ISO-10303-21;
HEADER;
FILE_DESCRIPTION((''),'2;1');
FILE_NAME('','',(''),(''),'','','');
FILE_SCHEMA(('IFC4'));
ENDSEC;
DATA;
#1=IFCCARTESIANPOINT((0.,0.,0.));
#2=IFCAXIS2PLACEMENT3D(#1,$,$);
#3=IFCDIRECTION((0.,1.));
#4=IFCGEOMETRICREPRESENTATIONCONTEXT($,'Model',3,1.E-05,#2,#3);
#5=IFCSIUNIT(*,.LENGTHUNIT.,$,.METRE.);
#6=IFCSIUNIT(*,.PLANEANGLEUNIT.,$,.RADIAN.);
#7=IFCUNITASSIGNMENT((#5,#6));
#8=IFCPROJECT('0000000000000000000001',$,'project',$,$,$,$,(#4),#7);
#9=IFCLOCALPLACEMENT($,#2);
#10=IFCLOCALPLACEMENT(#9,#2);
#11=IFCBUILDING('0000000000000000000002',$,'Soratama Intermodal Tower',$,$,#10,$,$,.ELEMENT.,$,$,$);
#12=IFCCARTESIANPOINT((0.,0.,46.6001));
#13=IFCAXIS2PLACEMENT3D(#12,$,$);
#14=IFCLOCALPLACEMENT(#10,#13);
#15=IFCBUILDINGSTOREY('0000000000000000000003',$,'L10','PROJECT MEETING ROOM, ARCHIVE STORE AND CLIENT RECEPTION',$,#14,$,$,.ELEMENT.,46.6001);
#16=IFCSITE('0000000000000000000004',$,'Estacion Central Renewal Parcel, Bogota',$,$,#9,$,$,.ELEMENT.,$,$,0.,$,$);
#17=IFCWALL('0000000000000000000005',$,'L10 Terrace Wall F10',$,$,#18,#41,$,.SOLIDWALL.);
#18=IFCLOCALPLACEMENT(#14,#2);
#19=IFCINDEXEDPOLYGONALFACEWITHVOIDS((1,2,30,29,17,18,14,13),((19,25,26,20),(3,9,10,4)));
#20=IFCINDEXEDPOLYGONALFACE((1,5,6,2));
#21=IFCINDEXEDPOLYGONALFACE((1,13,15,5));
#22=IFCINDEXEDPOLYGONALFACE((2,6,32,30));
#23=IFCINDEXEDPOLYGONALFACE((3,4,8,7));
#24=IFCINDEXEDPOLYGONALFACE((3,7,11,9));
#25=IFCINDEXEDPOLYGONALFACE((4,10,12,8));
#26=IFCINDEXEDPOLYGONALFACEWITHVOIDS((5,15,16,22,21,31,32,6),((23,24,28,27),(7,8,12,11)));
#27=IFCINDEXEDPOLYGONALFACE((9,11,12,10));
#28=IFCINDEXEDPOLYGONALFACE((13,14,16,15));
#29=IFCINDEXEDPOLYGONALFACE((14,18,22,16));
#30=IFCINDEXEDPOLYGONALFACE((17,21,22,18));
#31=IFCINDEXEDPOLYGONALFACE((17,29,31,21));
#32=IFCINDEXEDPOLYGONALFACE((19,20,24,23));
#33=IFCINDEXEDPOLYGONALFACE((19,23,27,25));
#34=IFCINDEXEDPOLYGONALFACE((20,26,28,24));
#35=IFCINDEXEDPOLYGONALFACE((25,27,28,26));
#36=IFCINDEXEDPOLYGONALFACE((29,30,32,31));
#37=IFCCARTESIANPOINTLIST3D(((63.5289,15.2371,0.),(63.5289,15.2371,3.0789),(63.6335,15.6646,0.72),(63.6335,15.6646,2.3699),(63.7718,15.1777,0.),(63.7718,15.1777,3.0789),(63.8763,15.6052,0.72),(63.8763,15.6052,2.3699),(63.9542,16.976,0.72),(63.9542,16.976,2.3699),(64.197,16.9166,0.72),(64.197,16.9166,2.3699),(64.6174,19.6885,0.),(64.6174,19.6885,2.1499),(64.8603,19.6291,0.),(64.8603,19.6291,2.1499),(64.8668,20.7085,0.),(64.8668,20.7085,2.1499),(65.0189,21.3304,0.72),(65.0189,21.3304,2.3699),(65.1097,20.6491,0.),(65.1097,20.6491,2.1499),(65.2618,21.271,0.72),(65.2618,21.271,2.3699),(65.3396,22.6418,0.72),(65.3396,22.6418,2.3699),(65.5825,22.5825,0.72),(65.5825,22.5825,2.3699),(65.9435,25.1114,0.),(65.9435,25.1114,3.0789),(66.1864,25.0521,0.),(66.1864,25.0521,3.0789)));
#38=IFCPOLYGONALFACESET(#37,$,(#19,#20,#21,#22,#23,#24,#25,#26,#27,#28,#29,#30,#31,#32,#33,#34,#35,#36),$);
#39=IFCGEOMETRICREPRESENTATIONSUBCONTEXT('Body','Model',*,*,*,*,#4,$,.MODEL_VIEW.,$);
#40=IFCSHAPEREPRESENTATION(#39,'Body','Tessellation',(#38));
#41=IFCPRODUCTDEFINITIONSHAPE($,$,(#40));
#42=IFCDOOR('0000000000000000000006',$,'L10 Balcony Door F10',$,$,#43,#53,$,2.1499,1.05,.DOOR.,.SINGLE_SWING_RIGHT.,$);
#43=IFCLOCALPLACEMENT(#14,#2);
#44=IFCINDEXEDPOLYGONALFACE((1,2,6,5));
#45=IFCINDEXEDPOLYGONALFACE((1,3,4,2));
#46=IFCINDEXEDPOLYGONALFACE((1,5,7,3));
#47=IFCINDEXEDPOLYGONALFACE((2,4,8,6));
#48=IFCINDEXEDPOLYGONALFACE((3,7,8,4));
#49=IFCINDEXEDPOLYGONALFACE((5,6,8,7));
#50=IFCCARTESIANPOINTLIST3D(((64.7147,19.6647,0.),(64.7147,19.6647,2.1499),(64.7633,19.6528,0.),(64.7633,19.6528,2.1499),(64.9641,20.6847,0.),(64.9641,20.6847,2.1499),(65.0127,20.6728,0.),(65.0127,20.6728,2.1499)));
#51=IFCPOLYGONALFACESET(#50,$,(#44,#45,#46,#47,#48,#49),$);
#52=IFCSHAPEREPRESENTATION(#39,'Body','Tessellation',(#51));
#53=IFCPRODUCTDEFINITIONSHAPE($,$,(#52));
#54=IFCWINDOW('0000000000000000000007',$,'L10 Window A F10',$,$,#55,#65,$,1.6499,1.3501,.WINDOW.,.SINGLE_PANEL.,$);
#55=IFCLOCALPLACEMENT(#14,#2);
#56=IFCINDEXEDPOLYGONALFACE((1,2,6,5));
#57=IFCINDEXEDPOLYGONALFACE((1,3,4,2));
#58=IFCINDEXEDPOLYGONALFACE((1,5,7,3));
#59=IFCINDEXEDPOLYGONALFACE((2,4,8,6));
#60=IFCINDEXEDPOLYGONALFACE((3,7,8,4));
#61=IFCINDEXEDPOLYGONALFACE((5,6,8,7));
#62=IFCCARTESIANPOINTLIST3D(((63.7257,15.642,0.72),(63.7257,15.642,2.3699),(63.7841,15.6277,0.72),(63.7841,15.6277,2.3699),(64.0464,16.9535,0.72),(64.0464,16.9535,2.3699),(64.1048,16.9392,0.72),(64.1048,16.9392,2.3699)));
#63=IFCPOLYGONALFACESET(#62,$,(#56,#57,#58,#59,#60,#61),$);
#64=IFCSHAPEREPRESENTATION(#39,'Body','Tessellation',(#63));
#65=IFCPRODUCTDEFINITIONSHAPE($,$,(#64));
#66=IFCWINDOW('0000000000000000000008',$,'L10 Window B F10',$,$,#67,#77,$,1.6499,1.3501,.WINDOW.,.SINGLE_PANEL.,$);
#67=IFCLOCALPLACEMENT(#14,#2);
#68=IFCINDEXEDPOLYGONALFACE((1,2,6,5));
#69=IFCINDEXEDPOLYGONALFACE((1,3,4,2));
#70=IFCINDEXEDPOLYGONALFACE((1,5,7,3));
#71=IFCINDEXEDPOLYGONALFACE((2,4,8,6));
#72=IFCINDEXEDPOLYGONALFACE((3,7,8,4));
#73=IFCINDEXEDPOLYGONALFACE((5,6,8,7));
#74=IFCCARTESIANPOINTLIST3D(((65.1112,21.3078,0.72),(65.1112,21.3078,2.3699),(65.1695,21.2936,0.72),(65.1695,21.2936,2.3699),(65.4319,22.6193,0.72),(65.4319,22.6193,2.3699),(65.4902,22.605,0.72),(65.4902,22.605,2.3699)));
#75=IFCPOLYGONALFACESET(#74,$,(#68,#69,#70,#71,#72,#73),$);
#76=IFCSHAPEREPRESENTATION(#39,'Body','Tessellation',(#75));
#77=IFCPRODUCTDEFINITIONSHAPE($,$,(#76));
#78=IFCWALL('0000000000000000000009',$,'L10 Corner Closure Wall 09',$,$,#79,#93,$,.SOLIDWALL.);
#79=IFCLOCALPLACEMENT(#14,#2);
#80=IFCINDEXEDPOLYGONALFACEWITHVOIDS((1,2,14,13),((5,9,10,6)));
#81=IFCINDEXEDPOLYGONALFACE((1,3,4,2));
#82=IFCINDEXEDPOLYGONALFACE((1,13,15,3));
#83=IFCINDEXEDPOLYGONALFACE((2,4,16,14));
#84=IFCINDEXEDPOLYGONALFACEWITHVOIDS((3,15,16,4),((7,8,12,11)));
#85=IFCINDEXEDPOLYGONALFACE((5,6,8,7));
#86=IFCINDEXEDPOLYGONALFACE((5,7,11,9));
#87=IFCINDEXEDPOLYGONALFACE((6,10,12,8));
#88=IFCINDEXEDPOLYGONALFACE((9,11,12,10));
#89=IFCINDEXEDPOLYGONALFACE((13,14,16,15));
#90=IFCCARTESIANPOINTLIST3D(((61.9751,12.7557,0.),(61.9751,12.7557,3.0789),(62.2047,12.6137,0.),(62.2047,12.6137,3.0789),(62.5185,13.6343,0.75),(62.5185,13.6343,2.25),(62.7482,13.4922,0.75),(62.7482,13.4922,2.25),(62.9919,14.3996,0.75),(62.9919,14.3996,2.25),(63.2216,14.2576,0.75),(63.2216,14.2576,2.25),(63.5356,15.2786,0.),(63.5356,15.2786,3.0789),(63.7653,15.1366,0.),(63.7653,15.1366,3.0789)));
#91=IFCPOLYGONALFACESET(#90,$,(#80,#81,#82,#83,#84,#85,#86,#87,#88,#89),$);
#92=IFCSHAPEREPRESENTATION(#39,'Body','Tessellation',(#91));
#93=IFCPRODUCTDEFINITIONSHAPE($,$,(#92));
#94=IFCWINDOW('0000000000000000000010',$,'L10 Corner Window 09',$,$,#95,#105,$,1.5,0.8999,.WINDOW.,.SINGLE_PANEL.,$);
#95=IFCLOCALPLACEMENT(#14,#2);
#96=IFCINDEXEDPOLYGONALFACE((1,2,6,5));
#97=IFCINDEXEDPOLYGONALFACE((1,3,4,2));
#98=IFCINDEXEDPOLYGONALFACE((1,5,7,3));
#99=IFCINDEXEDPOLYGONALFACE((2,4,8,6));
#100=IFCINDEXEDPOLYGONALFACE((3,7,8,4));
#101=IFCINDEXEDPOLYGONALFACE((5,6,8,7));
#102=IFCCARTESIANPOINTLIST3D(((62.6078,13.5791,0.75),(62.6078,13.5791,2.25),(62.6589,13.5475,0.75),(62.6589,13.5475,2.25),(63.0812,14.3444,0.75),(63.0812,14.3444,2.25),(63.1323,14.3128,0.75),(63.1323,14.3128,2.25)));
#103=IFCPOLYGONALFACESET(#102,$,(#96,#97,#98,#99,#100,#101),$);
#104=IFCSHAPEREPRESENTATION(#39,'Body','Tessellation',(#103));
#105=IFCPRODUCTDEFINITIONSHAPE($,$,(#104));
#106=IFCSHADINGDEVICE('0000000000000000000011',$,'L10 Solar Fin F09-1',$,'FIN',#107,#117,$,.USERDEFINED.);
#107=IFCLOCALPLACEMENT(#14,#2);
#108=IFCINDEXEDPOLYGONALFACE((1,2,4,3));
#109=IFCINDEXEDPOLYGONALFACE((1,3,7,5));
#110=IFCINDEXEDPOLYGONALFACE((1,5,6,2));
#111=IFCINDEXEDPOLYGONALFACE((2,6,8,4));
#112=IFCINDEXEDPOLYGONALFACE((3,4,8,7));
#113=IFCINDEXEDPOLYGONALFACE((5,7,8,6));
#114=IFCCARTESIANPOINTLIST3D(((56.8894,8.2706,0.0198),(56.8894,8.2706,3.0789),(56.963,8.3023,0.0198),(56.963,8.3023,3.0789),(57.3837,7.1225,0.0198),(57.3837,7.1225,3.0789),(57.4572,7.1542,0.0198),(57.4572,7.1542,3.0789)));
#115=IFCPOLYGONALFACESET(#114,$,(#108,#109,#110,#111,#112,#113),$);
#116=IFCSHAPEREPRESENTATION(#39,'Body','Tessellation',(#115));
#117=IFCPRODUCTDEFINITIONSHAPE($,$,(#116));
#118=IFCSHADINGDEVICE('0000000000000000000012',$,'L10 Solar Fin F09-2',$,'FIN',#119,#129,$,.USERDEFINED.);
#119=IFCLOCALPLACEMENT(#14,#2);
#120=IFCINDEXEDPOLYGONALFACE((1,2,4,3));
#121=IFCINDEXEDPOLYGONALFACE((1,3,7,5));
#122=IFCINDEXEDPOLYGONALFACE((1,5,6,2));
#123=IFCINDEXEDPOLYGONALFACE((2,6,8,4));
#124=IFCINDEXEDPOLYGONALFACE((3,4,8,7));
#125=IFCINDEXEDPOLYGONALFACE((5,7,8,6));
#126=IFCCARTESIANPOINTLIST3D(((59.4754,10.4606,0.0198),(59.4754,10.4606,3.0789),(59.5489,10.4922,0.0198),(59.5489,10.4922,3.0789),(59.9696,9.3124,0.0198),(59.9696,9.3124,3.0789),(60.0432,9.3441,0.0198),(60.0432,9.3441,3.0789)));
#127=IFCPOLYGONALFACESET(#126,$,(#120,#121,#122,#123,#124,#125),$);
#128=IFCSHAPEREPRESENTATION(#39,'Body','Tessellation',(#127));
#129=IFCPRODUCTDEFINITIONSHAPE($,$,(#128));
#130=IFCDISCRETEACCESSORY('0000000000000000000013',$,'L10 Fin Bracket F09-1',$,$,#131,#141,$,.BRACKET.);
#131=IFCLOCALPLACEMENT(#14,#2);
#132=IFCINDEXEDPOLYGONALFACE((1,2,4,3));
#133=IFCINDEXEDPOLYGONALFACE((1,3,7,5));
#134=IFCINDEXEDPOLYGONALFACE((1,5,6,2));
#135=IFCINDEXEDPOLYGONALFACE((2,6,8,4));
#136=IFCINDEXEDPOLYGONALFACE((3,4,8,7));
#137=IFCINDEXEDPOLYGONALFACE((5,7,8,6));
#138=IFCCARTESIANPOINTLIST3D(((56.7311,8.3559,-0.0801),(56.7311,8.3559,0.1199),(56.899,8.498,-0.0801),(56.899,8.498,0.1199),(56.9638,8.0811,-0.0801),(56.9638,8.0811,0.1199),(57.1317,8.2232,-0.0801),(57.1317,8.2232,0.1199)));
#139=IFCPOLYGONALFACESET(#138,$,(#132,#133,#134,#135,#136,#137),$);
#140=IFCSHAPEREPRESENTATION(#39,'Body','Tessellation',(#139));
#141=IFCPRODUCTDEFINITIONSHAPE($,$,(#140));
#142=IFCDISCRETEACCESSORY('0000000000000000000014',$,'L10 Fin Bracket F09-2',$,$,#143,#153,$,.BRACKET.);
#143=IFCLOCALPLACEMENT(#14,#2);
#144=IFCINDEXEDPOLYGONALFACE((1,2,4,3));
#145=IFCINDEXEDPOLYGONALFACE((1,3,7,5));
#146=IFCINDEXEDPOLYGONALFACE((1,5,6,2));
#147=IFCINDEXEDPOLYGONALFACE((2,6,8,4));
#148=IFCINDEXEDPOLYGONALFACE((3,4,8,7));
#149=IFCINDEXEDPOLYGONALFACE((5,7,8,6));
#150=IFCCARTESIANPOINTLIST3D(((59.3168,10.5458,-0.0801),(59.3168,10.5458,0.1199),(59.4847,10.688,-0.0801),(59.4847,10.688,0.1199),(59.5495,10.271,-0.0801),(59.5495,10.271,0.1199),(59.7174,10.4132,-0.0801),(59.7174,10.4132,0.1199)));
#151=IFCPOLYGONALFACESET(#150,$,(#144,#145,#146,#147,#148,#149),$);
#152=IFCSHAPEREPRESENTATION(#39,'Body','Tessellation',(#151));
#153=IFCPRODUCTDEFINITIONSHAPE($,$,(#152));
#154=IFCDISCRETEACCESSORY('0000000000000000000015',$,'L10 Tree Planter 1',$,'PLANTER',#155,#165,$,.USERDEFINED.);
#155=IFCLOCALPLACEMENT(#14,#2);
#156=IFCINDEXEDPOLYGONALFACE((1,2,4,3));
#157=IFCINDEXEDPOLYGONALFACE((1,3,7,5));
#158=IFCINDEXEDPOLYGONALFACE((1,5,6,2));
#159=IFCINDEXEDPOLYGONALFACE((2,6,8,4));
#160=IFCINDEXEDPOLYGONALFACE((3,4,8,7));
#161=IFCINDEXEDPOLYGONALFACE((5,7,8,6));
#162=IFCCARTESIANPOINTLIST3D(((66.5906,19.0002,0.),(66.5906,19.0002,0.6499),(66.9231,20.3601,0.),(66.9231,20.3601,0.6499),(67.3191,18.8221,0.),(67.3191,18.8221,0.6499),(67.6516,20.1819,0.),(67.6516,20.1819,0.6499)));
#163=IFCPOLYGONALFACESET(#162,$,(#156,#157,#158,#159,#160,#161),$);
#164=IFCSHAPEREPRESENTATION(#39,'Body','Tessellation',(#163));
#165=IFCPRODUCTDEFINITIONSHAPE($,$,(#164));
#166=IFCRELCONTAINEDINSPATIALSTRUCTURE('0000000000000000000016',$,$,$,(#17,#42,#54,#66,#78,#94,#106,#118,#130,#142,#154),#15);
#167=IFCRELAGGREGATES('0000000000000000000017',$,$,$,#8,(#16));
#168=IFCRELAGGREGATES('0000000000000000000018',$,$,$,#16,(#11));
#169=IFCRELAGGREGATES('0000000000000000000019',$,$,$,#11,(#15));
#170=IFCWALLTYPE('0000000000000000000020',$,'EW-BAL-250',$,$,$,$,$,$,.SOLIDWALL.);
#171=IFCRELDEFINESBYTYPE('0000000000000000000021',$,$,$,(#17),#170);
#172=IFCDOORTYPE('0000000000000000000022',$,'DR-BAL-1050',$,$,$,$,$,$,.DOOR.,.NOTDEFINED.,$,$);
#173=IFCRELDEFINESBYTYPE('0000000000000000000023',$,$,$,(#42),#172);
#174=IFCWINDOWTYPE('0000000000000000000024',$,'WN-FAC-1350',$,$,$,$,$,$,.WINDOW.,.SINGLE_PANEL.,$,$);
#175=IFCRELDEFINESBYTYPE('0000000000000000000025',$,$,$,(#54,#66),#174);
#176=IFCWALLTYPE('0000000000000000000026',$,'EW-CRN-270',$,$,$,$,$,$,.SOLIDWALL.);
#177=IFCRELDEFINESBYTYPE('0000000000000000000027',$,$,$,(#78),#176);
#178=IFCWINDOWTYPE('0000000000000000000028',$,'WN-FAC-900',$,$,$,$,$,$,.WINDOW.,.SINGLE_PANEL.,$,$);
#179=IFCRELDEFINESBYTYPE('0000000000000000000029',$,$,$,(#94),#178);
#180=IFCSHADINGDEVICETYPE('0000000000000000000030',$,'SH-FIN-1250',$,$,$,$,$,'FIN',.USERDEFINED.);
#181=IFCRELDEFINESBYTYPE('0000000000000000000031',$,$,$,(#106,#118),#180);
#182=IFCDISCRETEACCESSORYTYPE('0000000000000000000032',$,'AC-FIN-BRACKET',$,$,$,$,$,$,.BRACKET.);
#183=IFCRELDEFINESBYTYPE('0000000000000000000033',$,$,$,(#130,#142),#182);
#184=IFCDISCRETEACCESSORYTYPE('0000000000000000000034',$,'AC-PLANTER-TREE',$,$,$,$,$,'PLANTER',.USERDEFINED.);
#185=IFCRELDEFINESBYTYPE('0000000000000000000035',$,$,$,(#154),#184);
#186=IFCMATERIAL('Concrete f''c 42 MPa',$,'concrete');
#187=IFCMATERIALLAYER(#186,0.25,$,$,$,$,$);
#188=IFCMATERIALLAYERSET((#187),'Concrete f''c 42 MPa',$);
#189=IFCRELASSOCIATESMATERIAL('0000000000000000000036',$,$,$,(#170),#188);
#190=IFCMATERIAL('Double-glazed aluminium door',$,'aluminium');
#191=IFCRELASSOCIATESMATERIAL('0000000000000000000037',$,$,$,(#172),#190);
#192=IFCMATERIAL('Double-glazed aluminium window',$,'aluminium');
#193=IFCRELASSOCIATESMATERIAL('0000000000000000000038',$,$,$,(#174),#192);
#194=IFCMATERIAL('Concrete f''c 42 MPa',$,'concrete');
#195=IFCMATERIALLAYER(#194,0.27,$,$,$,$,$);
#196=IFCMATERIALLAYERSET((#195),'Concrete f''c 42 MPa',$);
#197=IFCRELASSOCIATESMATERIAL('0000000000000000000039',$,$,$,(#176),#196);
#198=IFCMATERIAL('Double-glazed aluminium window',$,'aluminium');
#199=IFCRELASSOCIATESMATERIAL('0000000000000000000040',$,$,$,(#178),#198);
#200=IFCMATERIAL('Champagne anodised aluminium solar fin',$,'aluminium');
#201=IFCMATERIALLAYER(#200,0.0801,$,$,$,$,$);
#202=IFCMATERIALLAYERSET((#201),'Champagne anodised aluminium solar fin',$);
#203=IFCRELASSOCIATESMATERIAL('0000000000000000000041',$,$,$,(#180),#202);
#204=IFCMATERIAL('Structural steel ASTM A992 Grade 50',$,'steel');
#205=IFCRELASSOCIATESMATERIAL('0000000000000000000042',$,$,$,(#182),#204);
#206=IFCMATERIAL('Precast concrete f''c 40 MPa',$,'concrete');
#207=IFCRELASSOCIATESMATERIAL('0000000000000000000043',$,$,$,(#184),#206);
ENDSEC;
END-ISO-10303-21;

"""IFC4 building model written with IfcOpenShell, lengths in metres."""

from ifc_helpers import new_model, si_unit, direction, frame, frame_2d, origin, origin_2d, place, context, subcontext, project, spatial, rectangle, extrude, material, layer, layer_set, type_object, element, fill, save


model = new_model("IFC4")

# Units and contexts
model_context = context("Model", 3, precision=1e-05, world=origin(), true_north=direction((0.0, 1.0)))
body_context = subcontext(model_context, "Body", "Model", "MODEL_VIEW")
ifc_project = project(units=[si_unit("LENGTHUNIT", "METRE"), si_unit("PLANEANGLEUNIT", "RADIAN")], contexts=[model_context])

# Site, building, storey
site_placement = place(None, origin())
site = spatial("IfcSite", under=ifc_project, at=site_placement, Name="Estacion Central Renewal Parcel, Bogota", CompositionType="ELEMENT", RefElevation=0.0)
building_placement = place(site_placement, origin())
building = spatial("IfcBuilding", under=site, at=building_placement, Name="Soratama Intermodal Tower", CompositionType="ELEMENT")
storey_placement = place(building_placement, frame((0.0, 0.0, 46.6001)))
storey = spatial("IfcBuildingStorey", under=building, at=storey_placement, Name="L10", Description="PROJECT MEETING ROOM, ARCHIVE STORE AND CLIENT RECEPTION", CompositionType="ELEMENT", Elevation=46.6001)

# Wall, openings, door, windows
ifc_material_1 = material(Name="Concrete f'c 42 MPa", Category="concrete")
ifc_layer_1 = layer(ifc_material_1, 0.25)
ifc_layer_set_1 = layer_set([ifc_layer_1], Name="Concrete f'c 42 MPa")
wall_type_1 = type_object("IfcWallType", Name="EW-BAL-250", PredefinedType="SOLIDWALL", material=ifc_layer_set_1)
wall_1_placement = place(storey_placement, frame((63.6504, 15.2075, 0.0), z_axis=(0.0, 0.0, 1.0), x_axis=(0.237531, 0.97138, 0.0)))
wall_1 = element("IfcWall", 1, at=wall_1_placement, inside=storey, type_object=wall_type_1, Name="L10 Terrace Wall F10", PredefinedType="SOLIDWALL", context=body_context, shape_type="SweptSolid", body=[
    extrude(rectangle(XDim=10.1653, YDim=0.25, at=frame_2d((5.0825, 0.0))), origin(), (0.0, 0.0, 1.0), 3.0789),
])
opening_1_placement = place(wall_1_placement, frame((4.5825, 0.0, 0.0)))
opening_1 = element("IfcOpeningElement", 2, at=opening_1_placement, cuts=wall_1, PredefinedType="OPENING", context=body_context, shape_type="SweptSolid", body=[
    extrude(rectangle(XDim=1.05, YDim=2.1499, at=frame_2d((0.5249, 1.075))), frame((0.0, 0.135, 0.0), z_axis=(0.0, -1.0, 0.0), x_axis=(1.0, 0.0, 0.0)), (0.0, 0.0, 1.0), 0.27),
])
opening_2_placement = place(wall_1_placement, frame((0.4399, 0.0, 0.72)))
opening_2 = element("IfcOpeningElement", 3, at=opening_2_placement, cuts=wall_1, PredefinedType="OPENING", context=body_context, shape_type="SweptSolid", body=[
    extrude(rectangle(XDim=1.3501, YDim=1.6499, at=frame_2d((0.675, 0.825))), frame((0.0, 0.135, 0.0), z_axis=(0.0, -1.0, 0.0), x_axis=(1.0, 0.0, 0.0)), (0.0, 0.0, 1.0), 0.27),
])
opening_3_placement = place(wall_1_placement, frame((6.2727, 0.0, 0.72)))
opening_3 = element("IfcOpeningElement", 4, at=opening_3_placement, cuts=wall_1, PredefinedType="OPENING", context=body_context, shape_type="SweptSolid", body=[
    extrude(rectangle(XDim=1.3501, YDim=1.6499, at=frame_2d((0.675, 0.825))), frame((0.0, 0.135, 0.0), z_axis=(0.0, -1.0, 0.0), x_axis=(1.0, 0.0, 0.0)), (0.0, 0.0, 1.0), 0.27),
])
ifc_material_2 = material(Name="Double-glazed aluminium door", Category="aluminium")
door_type = type_object("IfcDoorType", Name="DR-BAL-1050", OperationType="NOTDEFINED", PredefinedType="DOOR", material=ifc_material_2)
door_placement = place(opening_1_placement, origin())
door = element("IfcDoor", 5, at=door_placement, inside=storey, type_object=door_type, Name="L10 Balcony Door F10", OperationType="SINGLE_SWING_RIGHT", OverallHeight=2.1499, OverallWidth=1.05, PredefinedType="DOOR", context=body_context, shape_type="SweptSolid", body=[
    extrude(rectangle(XDim=1.05, YDim=2.1499, at=frame_2d((0.5249, 1.075))), frame((0.0, 0.0249, 0.0), z_axis=(0.0, -1.0, 0.0), x_axis=(1.0, 0.0, 0.0)), (0.0, 0.0, 1.0), 0.05),
])
fill(opening_1, door)
ifc_material_3 = material(Name="Double-glazed aluminium window", Category="aluminium")
window_type_1 = type_object("IfcWindowType", Name="WN-FAC-1350", PartitioningType="SINGLE_PANEL", PredefinedType="WINDOW", material=ifc_material_3)
window_1_placement = place(opening_2_placement, origin())
window_1 = element("IfcWindow", 6, at=window_1_placement, inside=storey, type_object=window_type_1, Name="L10 Window A F10", OverallHeight=1.6499, OverallWidth=1.3501, PartitioningType="SINGLE_PANEL", PredefinedType="WINDOW", context=body_context, shape_type="SweptSolid", body=[
    extrude(rectangle(XDim=1.3501, YDim=1.6499, at=frame_2d((0.675, 0.825))), frame((0.0, 0.03, 0.0), z_axis=(0.0, -1.0, 0.0), x_axis=(1.0, 0.0, 0.0)), (0.0, 0.0, 1.0), 0.0601),
])
fill(opening_2, window_1)
window_2_placement = place(opening_3_placement, origin())
window_2 = element("IfcWindow", 7, at=window_2_placement, inside=storey, type_object=window_type_1, Name="L10 Window B F10", OverallHeight=1.6499, OverallWidth=1.3501, PartitioningType="SINGLE_PANEL", PredefinedType="WINDOW", context=body_context, shape_type="SweptSolid", body=[
    extrude(rectangle(XDim=1.3501, YDim=1.6499, at=frame_2d((0.675, 0.825))), frame((0.0, 0.03, 0.0), z_axis=(0.0, -1.0, 0.0), x_axis=(1.0, 0.0, 0.0)), (0.0, 0.0, 1.0), 0.0601),
])
fill(opening_3, window_2)

# Wall, opening, window
ifc_material_4 = material(Name="Concrete f'c 42 MPa", Category="concrete")
ifc_layer_2 = layer(ifc_material_4, 0.27)
ifc_layer_set_2 = layer_set([ifc_layer_2], Name="Concrete f'c 42 MPa")
wall_type_2 = type_object("IfcWallType", Name="EW-CRN-270", PredefinedType="SOLIDWALL", material=ifc_layer_set_2)
wall_2_placement = place(storey_placement, frame((62.0898, 12.6846, 0.0), z_axis=(0.0, 0.0, 1.0), x_axis=(0.526043, 0.850458, 0.0)))
wall_2 = element("IfcWall", 8, at=wall_2_placement, inside=storey, type_object=wall_type_2, Name="L10 Corner Closure Wall 09", PredefinedType="SOLIDWALL", context=body_context, shape_type="SweptSolid", body=[
    extrude(rectangle(XDim=2.9666, YDim=0.27, at=frame_2d((1.4834, 0.0))), origin(), (0.0, 0.0, 1.0), 3.0789),
])
opening_4_placement = place(wall_2_placement, frame((1.0332, 0.0, 0.75)))
opening_4 = element("IfcOpeningElement", 9, at=opening_4_placement, cuts=wall_2, PredefinedType="OPENING", context=body_context, shape_type="SweptSolid", body=[
    extrude(rectangle(XDim=0.8999, YDim=1.5, at=frame_2d((0.45, 0.75))), frame((0.0, 0.145, 0.0), z_axis=(0.0, -1.0, 0.0), x_axis=(1.0, 0.0, 0.0)), (0.0, 0.0, 1.0), 0.29),
])
ifc_material_5 = material(Name="Double-glazed aluminium window", Category="aluminium")
window_type_2 = type_object("IfcWindowType", Name="WN-FAC-900", PartitioningType="SINGLE_PANEL", PredefinedType="WINDOW", material=ifc_material_5)
window_3_placement = place(opening_4_placement, origin())
window_3 = element("IfcWindow", 10, at=window_3_placement, inside=storey, type_object=window_type_2, Name="L10 Corner Window 09", OverallHeight=1.5, OverallWidth=0.8999, PartitioningType="SINGLE_PANEL", PredefinedType="WINDOW", context=body_context, shape_type="SweptSolid", body=[
    extrude(rectangle(XDim=0.8999, YDim=1.5, at=frame_2d((0.45, 0.75))), frame((0.0, 0.03, 0.0), z_axis=(0.0, -1.0, 0.0), x_axis=(1.0, 0.0, 0.0)), (0.0, 0.0, 1.0), 0.0601),
])
fill(opening_4, window_3)

# Shading devices
ifc_material_6 = material(Name="Champagne anodised aluminium solar fin", Category="aluminium")
ifc_layer_3 = layer(ifc_material_6, 0.0801)
ifc_layer_set_3 = layer_set([ifc_layer_3], Name="Champagne anodised aluminium solar fin")
shading_device_type = type_object("IfcShadingDeviceType", Name="SH-FIN-1250", ElementType="FIN", PredefinedType="USERDEFINED", material=ifc_layer_set_3)
for number, where, z_axis, x_axis, name in (
    (11, (57.1733, 7.7124, 0.0198), (0.0, 0.0, 1.0), (0.395385, -0.918515, 0.0), "L10 Solar Fin F09-1"),
    (12, (59.7593, 9.9023, 0.0198), (0.0, 0.0, 1.0), (0.395385, -0.918515, 0.0), "L10 Solar Fin F09-2"),
):
    element("IfcShadingDevice", number, at=place(storey_placement, frame(where, z_axis=z_axis, x_axis=x_axis)), inside=storey, type_object=shading_device_type, Name=name, ObjectType="FIN", PredefinedType="USERDEFINED", context=body_context, shape_type="SweptSolid", body=[
        extrude(rectangle(XDim=1.25, YDim=0.0801, at=origin_2d()), origin(), (0.0, 0.0, 1.0), 3.0591),
    ])

# Discrete accessories
ifc_material_7 = material(Name="Structural steel ASTM A992 Grade 50", Category="steel")
discrete_accessory_type_1 = type_object("IfcDiscreteAccessoryType", Name="AC-FIN-BRACKET", PredefinedType="BRACKET", material=ifc_material_7)
for number, where, z_axis, x_axis, name in (
    (13, (56.9314, 8.2896, -0.0801), (0.0, 0.0, 1.0), (0.646257, -0.76312, 0.0), "L10 Fin Bracket F09-1"),
    (14, (59.5171, 10.4795, -0.0801), (0.0, 0.0, 1.0), (0.646257, -0.76312, 0.0), "L10 Fin Bracket F09-2"),
):
    element("IfcDiscreteAccessory", number, at=place(storey_placement, frame(where, z_axis=z_axis, x_axis=x_axis)), inside=storey, type_object=discrete_accessory_type_1, Name=name, PredefinedType="BRACKET", context=body_context, shape_type="SweptSolid", body=[
        extrude(rectangle(XDim=0.3601, YDim=0.22, at=origin_2d()), origin(), (0.0, 0.0, 1.0), 0.2),
    ])
ifc_material_8 = material(Name="Precast concrete f'c 40 MPa", Category="concrete")
discrete_accessory_type_2 = type_object("IfcDiscreteAccessoryType", Name="AC-PLANTER-TREE", ElementType="PLANTER", PredefinedType="USERDEFINED", material=ifc_material_8)
discrete_accessory_placement = place(storey_placement, frame((67.1211, 19.5911, 0.0), z_axis=(0.0, 0.0, 1.0), x_axis=(0.971384, -0.237516, 0.0)))
element("IfcDiscreteAccessory", 15, at=discrete_accessory_placement, inside=storey, type_object=discrete_accessory_type_2, Name="L10 Tree Planter 1", ObjectType="PLANTER", PredefinedType="USERDEFINED", context=body_context, shape_type="SweptSolid", body=[
    extrude(rectangle(XDim=0.75, YDim=1.3999, at=origin_2d()), origin(), (0.0, 0.0, 1.0), 0.6499),
])

save(model, "model.ifc")
